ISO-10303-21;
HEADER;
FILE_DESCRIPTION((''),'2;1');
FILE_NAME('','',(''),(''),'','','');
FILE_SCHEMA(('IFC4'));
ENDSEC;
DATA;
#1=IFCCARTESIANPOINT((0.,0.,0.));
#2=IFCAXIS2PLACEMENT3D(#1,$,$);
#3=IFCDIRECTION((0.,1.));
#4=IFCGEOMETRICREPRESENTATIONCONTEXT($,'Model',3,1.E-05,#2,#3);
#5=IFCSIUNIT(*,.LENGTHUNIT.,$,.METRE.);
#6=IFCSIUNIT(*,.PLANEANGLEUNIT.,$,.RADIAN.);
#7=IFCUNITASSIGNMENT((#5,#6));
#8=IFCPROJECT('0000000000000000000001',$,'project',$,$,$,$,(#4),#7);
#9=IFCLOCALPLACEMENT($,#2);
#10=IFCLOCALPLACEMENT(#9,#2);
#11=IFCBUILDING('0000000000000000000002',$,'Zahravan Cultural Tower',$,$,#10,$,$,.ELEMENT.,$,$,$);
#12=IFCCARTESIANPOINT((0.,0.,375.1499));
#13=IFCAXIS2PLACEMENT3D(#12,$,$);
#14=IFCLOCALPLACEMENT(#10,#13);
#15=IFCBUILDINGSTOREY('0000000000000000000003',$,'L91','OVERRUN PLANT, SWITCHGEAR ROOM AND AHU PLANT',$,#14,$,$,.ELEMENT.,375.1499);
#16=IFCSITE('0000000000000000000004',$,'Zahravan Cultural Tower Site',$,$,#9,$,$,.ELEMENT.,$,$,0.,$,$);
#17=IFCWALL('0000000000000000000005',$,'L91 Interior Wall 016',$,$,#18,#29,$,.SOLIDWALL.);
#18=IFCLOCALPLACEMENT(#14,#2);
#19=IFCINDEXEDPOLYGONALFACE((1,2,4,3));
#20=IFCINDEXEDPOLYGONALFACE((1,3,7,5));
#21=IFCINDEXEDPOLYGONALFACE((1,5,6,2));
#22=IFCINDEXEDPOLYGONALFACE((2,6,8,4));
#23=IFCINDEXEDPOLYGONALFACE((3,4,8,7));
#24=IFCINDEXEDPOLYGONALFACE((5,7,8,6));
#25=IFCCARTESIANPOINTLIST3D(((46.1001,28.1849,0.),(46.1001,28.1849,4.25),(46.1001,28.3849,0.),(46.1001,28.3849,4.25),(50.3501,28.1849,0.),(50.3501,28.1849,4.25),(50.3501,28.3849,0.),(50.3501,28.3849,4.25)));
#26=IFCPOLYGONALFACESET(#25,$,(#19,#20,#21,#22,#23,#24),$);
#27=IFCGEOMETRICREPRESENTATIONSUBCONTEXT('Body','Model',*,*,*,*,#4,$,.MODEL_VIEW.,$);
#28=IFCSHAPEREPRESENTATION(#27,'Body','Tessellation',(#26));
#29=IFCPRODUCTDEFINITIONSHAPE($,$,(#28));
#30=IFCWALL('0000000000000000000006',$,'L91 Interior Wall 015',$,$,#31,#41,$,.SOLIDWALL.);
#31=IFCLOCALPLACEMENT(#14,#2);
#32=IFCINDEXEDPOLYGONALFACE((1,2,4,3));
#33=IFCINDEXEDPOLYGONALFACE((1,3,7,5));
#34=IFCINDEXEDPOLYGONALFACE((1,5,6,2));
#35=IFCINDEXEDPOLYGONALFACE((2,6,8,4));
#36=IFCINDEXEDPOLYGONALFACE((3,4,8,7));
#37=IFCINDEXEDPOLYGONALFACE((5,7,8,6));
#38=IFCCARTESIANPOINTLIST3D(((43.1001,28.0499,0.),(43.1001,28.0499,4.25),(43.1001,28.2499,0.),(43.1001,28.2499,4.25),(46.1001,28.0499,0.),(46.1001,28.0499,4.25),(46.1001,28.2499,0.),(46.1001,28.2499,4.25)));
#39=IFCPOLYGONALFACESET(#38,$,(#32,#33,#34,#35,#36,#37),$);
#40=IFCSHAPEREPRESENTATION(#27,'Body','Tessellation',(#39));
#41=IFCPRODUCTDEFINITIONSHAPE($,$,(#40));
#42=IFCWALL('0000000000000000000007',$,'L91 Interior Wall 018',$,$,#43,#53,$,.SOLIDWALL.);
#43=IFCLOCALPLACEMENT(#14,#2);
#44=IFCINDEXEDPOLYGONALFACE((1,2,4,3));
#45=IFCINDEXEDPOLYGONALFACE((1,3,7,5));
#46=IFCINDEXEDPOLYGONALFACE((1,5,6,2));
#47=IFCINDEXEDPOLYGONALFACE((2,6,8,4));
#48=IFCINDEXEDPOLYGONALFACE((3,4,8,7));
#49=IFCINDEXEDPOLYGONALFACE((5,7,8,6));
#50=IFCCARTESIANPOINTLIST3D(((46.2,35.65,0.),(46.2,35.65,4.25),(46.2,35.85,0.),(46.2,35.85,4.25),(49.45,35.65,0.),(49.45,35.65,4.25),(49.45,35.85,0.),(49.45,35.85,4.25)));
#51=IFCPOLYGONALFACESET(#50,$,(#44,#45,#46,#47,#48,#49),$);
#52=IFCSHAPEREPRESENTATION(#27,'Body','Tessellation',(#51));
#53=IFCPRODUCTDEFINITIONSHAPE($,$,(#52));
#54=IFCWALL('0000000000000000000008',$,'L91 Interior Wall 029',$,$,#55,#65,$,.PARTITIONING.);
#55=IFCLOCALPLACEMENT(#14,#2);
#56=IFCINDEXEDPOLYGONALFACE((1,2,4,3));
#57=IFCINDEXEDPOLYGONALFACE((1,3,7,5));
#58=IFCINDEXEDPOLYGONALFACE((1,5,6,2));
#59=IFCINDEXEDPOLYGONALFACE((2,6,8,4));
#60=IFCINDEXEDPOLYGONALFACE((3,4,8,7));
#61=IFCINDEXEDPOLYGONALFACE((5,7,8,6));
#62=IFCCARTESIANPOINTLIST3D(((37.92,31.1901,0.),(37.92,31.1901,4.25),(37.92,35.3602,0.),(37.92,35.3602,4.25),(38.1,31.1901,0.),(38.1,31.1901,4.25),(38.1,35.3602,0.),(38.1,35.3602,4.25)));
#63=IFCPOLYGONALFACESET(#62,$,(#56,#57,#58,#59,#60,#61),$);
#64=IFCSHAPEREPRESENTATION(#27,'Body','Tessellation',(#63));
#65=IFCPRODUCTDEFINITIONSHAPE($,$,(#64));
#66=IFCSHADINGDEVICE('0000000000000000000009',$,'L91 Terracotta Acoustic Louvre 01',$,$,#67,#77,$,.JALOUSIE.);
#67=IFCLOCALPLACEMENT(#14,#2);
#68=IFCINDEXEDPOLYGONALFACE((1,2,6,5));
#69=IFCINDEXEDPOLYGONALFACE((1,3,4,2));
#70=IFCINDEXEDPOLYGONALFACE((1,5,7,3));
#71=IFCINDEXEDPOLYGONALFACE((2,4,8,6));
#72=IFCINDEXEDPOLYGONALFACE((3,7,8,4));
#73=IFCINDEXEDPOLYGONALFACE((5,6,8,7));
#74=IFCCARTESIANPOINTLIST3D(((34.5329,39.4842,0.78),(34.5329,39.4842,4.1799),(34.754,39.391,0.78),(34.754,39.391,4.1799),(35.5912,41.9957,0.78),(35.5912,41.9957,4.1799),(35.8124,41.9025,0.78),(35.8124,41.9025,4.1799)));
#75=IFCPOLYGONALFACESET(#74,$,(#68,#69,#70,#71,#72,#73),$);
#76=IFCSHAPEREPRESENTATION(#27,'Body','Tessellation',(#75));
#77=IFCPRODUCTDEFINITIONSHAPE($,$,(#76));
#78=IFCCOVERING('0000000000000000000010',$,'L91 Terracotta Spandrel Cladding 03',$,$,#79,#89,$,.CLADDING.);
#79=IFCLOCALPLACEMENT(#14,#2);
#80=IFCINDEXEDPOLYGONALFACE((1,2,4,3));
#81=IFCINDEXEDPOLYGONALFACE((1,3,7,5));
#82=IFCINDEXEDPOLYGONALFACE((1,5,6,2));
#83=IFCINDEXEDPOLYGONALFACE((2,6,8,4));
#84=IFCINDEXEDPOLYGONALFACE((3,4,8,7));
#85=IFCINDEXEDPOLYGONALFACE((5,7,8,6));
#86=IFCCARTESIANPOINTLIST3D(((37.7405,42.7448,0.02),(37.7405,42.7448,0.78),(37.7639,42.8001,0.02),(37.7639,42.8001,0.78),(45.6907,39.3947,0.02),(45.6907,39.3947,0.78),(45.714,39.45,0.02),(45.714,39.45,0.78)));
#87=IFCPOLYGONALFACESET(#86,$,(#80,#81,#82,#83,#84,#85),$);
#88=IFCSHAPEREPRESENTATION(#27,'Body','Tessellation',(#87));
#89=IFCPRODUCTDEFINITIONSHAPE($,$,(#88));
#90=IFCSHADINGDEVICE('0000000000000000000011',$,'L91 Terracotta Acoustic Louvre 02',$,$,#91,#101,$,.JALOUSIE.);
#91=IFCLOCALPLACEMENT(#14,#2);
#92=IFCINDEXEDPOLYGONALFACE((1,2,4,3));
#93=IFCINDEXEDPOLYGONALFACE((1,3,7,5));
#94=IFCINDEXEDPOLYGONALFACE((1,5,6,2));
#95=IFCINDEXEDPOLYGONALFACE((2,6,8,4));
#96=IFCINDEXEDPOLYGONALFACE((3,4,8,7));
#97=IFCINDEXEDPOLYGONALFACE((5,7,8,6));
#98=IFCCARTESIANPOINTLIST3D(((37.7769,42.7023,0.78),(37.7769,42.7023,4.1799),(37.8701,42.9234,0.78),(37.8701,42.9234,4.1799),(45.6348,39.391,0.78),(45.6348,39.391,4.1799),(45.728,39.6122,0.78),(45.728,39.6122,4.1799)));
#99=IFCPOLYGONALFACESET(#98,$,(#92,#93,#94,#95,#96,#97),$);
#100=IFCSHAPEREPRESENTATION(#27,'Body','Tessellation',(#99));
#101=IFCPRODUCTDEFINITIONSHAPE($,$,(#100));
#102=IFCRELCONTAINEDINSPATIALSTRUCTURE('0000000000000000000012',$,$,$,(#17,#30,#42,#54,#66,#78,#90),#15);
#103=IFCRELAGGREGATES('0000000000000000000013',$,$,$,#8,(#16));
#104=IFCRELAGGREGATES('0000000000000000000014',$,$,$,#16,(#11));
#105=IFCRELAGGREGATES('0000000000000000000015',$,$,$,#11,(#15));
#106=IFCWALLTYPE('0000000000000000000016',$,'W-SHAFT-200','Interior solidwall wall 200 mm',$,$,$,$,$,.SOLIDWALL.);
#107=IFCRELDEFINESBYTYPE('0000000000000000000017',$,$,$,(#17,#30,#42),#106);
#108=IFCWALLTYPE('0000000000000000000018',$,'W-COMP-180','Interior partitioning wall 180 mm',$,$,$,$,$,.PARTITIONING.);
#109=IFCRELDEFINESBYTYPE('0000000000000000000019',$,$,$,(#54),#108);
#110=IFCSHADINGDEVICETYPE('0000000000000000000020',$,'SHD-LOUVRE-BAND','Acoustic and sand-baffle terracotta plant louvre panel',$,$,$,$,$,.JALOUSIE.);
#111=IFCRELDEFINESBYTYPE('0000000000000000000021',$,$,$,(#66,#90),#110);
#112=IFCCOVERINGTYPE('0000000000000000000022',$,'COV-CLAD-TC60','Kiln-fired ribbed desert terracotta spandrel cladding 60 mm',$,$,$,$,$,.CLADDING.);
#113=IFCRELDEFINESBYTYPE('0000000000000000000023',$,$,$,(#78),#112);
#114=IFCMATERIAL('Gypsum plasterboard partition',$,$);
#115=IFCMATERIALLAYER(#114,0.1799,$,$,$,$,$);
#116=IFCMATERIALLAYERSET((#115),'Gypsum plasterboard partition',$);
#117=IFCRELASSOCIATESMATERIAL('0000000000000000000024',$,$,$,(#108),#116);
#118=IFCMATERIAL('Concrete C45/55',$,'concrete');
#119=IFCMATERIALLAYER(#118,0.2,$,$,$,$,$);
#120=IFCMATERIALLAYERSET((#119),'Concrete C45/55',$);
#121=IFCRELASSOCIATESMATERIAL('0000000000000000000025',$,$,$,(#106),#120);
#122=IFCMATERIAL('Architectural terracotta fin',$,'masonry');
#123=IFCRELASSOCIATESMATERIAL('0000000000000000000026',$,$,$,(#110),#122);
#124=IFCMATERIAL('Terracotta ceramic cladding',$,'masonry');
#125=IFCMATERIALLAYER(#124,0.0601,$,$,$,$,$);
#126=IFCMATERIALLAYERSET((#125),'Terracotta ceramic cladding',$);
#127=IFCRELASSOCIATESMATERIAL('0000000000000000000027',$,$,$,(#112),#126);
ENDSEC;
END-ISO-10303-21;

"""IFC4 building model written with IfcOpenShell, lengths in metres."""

from ifc_helpers import new_model, si_unit, direction, frame, frame_2d, origin, origin_2d, place, context, subcontext, project, spatial, rectangle, extrude, source, transform, mapped, material, layer, layer_set, type_object, element, save


model = new_model("IFC4")

# Units and contexts
model_context = context("Model", 3, precision=1e-05, world=origin(), true_north=direction((0.0, 1.0)))
body_context = subcontext(model_context, "Body", "Model", "MODEL_VIEW")
ifc_project = project(units=[si_unit("LENGTHUNIT", "METRE"), si_unit("PLANEANGLEUNIT", "RADIAN")], contexts=[model_context])

# Site, building, storey
site_placement = place(None, origin())
site = spatial("IfcSite", under=ifc_project, at=site_placement, Name="Zahravan Cultural Tower Site", CompositionType="ELEMENT", RefElevation=0.0)
building_placement = place(site_placement, origin())
building = spatial("IfcBuilding", under=site, at=building_placement, Name="Zahravan Cultural Tower", CompositionType="ELEMENT")
storey_placement = place(building_placement, frame((0.0, 0.0, 375.1499)))
storey = spatial("IfcBuildingStorey", under=building, at=storey_placement, Name="L91", Description="OVERRUN PLANT, SWITCHGEAR ROOM AND AHU PLANT", CompositionType="ELEMENT", Elevation=375.1499)

# Shared definitions
ifc_material_1 = material(Name="Concrete C45/55", Category="concrete")

# Shared definitions
ifc_material_2 = material(Name="Gypsum plasterboard partition")
ifc_layer_1 = layer(ifc_material_2, 0.1799)
ifc_layer_set_1 = layer_set([ifc_layer_1], Name="Gypsum plasterboard partition")
wall_type_1 = type_object("IfcWallType", Name="W-COMP-180", Description="Interior partitioning wall 180 mm", PredefinedType="PARTITIONING", material=ifc_layer_set_1)
ifc_layer_2 = layer(ifc_material_1, 0.2)
ifc_layer_set_2 = layer_set([ifc_layer_2], Name="Concrete C45/55")
wall_type_2 = type_object("IfcWallType", Name="W-SHAFT-200", Description="Interior solidwall wall 200 mm", PredefinedType="SOLIDWALL", material=ifc_layer_set_2)

# Walls
shared_shape_1 = source(origin(), body_context, "Body", "SweptSolid", [
    extrude(rectangle(XDim=4.25, YDim=0.2, at=frame_2d((2.125, 0.0))), origin(), (0.0, 0.0, 1.0), 4.25),
])
wall_1_placement = place(storey_placement, frame((46.1001, 28.2849, 0.0), z_axis=(0.0, 0.0, 1.0), x_axis=(1.0, 0.0, 0.0)))
element("IfcWall", 1, at=wall_1_placement, inside=storey, type_object=wall_type_2, Name="L91 Interior Wall 016", PredefinedType="SOLIDWALL", context=body_context, shape_type="MappedRepresentation", body=[
    mapped(shared_shape_1, transform((0.0, 0.0, 0.0), x_axis=(1.0, 0.0, 0.0), y_axis=(0.0, 1.0, 0.0), z_axis=(0.0, 0.0, 1.0), scale=1.0)),
])
shared_shape_2 = source(origin(), body_context, "Body", "SweptSolid", [
    extrude(rectangle(XDim=3.0, YDim=0.2, at=frame_2d((1.5, 0.0))), origin(), (0.0, 0.0, 1.0), 4.25),
])
wall_2_placement = place(storey_placement, frame((43.1001, 28.1499, 0.0), z_axis=(0.0, 0.0, 1.0), x_axis=(1.0, 0.0, 0.0)))
element("IfcWall", 2, at=wall_2_placement, inside=storey, type_object=wall_type_2, Name="L91 Interior Wall 015", PredefinedType="SOLIDWALL", context=body_context, shape_type="MappedRepresentation", body=[
    mapped(shared_shape_2, transform((0.0, 0.0, 0.0), x_axis=(1.0, 0.0, 0.0), y_axis=(0.0, 1.0, 0.0), z_axis=(0.0, 0.0, 1.0), scale=1.0)),
])
shared_shape_3 = source(origin(), body_context, "Body", "SweptSolid", [
    extrude(rectangle(XDim=3.25, YDim=0.2, at=frame_2d((1.625, 0.0))), origin(), (0.0, 0.0, 1.0), 4.25),
])
wall_3_placement = place(storey_placement, frame((46.2, 35.75, 0.0), z_axis=(0.0, 0.0, 1.0), x_axis=(1.0, 0.0, 0.0)))
element("IfcWall", 3, at=wall_3_placement, inside=storey, type_object=wall_type_2, Name="L91 Interior Wall 018", PredefinedType="SOLIDWALL", context=body_context, shape_type="MappedRepresentation", body=[
    mapped(shared_shape_3, transform((0.0, 0.0, 0.0), x_axis=(1.0, 0.0, 0.0), y_axis=(0.0, 1.0, 0.0), z_axis=(0.0, 0.0, 1.0), scale=1.0)),
])
shared_shape_4 = source(origin(), body_context, "Body", "SweptSolid", [
    extrude(rectangle(XDim=4.1702, YDim=0.1799, at=frame_2d((2.085, 0.0))), origin(), (0.0, 0.0, 1.0), 4.25),
])
wall_4_placement = place(storey_placement, frame((38.01, 35.3601, 0.0), z_axis=(0.0, 0.0, 1.0), x_axis=(0.0, -1.0, 0.0)))
element("IfcWall", 4, at=wall_4_placement, inside=storey, type_object=wall_type_1, Name="L91 Interior Wall 029", PredefinedType="PARTITIONING", context=body_context, shape_type="MappedRepresentation", body=[
    mapped(shared_shape_4, transform((0.0, 0.0, 0.0), x_axis=(1.0, 0.0, 0.0), y_axis=(0.0, 1.0, 0.0), z_axis=(0.0, 0.0, 1.0), scale=1.0)),
])

# Shading device
ifc_material_3 = material(Name="Architectural terracotta fin", Category="masonry")
shading_device_type = type_object("IfcShadingDeviceType", Name="SHD-LOUVRE-BAND", Description="Acoustic and sand-baffle terracotta plant louvre panel", PredefinedType="JALOUSIE", material=ifc_material_3)
shared_shape_5 = source(origin(), body_context, "Body", "SweptSolid", [
    extrude(rectangle(XDim=2.7253, YDim=0.24, at=origin_2d()), origin(), (0.0, 0.0, 1.0), 3.3999),
])
shading_device_1_placement = place(storey_placement, frame((35.1726, 40.6934, 0.78), z_axis=(0.0, 0.0, 1.0), x_axis=(0.388336, 0.921518, 0.0)))
element("IfcShadingDevice", 5, at=shading_device_1_placement, inside=storey, type_object=shading_device_type, Name="L91 Terracotta Acoustic Louvre 01", PredefinedType="JALOUSIE", context=body_context, shape_type="MappedRepresentation", body=[
    mapped(shared_shape_5, transform((0.0, 0.0, 0.0), x_axis=(1.0, 0.0, 0.0), y_axis=(0.0, 1.0, 0.0), z_axis=(0.0, 0.0, 1.0), scale=1.0)),
])

# Covering
ifc_material_4 = material(Name="Terracotta ceramic cladding", Category="masonry")
ifc_layer_3 = layer(ifc_material_4, 0.0601)
ifc_layer_set_3 = layer_set([ifc_layer_3], Name="Terracotta ceramic cladding")
covering_type = type_object("IfcCoveringType", Name="COV-CLAD-TC60", Description="Kiln-fired ribbed desert terracotta spandrel cladding 60 mm", PredefinedType="CLADDING", material=ifc_layer_set_3)
shared_shape_6 = source(origin(), body_context, "Body", "SweptSolid", [
    extrude(rectangle(XDim=8.6272, YDim=0.0601, at=origin_2d()), origin(), (0.0, 0.0, 1.0), 0.76),
])
covering_placement = place(storey_placement, frame((41.7273, 41.0974, 0.02), z_axis=(0.0, 0.0, 1.0), x_axis=(0.921525, -0.38832, 0.0)))
element("IfcCovering", 6, at=covering_placement, inside=storey, type_object=covering_type, Name="L91 Terracotta Spandrel Cladding 03", PredefinedType="CLADDING", context=body_context, shape_type="MappedRepresentation", body=[
    mapped(shared_shape_6, transform((0.0, 0.0, 0.0), x_axis=(1.0, 0.0, 0.0), y_axis=(0.0, 1.0, 0.0), z_axis=(0.0, 0.0, 1.0), scale=1.0)),
])

# Shading device
shared_shape_7 = source(origin(), body_context, "Body", "SweptSolid", [
    extrude(rectangle(XDim=8.5271, YDim=0.24, at=origin_2d()), origin(), (0.0, 0.0, 1.0), 3.3999),
])
shading_device_2_placement = place(storey_placement, frame((41.7524, 41.1572, 0.78), z_axis=(0.0, 0.0, 1.0), x_axis=(0.921525, -0.38832, 0.0)))
element("IfcShadingDevice", 7, at=shading_device_2_placement, inside=storey, type_object=shading_device_type, Name="L91 Terracotta Acoustic Louvre 02", PredefinedType="JALOUSIE", context=body_context, shape_type="MappedRepresentation", body=[
    mapped(shared_shape_7, transform((0.0, 0.0, 0.0), x_axis=(1.0, 0.0, 0.0), y_axis=(0.0, 1.0, 0.0), z_axis=(0.0, 0.0, 1.0), scale=1.0)),
])

save(model, "model.ifc")
